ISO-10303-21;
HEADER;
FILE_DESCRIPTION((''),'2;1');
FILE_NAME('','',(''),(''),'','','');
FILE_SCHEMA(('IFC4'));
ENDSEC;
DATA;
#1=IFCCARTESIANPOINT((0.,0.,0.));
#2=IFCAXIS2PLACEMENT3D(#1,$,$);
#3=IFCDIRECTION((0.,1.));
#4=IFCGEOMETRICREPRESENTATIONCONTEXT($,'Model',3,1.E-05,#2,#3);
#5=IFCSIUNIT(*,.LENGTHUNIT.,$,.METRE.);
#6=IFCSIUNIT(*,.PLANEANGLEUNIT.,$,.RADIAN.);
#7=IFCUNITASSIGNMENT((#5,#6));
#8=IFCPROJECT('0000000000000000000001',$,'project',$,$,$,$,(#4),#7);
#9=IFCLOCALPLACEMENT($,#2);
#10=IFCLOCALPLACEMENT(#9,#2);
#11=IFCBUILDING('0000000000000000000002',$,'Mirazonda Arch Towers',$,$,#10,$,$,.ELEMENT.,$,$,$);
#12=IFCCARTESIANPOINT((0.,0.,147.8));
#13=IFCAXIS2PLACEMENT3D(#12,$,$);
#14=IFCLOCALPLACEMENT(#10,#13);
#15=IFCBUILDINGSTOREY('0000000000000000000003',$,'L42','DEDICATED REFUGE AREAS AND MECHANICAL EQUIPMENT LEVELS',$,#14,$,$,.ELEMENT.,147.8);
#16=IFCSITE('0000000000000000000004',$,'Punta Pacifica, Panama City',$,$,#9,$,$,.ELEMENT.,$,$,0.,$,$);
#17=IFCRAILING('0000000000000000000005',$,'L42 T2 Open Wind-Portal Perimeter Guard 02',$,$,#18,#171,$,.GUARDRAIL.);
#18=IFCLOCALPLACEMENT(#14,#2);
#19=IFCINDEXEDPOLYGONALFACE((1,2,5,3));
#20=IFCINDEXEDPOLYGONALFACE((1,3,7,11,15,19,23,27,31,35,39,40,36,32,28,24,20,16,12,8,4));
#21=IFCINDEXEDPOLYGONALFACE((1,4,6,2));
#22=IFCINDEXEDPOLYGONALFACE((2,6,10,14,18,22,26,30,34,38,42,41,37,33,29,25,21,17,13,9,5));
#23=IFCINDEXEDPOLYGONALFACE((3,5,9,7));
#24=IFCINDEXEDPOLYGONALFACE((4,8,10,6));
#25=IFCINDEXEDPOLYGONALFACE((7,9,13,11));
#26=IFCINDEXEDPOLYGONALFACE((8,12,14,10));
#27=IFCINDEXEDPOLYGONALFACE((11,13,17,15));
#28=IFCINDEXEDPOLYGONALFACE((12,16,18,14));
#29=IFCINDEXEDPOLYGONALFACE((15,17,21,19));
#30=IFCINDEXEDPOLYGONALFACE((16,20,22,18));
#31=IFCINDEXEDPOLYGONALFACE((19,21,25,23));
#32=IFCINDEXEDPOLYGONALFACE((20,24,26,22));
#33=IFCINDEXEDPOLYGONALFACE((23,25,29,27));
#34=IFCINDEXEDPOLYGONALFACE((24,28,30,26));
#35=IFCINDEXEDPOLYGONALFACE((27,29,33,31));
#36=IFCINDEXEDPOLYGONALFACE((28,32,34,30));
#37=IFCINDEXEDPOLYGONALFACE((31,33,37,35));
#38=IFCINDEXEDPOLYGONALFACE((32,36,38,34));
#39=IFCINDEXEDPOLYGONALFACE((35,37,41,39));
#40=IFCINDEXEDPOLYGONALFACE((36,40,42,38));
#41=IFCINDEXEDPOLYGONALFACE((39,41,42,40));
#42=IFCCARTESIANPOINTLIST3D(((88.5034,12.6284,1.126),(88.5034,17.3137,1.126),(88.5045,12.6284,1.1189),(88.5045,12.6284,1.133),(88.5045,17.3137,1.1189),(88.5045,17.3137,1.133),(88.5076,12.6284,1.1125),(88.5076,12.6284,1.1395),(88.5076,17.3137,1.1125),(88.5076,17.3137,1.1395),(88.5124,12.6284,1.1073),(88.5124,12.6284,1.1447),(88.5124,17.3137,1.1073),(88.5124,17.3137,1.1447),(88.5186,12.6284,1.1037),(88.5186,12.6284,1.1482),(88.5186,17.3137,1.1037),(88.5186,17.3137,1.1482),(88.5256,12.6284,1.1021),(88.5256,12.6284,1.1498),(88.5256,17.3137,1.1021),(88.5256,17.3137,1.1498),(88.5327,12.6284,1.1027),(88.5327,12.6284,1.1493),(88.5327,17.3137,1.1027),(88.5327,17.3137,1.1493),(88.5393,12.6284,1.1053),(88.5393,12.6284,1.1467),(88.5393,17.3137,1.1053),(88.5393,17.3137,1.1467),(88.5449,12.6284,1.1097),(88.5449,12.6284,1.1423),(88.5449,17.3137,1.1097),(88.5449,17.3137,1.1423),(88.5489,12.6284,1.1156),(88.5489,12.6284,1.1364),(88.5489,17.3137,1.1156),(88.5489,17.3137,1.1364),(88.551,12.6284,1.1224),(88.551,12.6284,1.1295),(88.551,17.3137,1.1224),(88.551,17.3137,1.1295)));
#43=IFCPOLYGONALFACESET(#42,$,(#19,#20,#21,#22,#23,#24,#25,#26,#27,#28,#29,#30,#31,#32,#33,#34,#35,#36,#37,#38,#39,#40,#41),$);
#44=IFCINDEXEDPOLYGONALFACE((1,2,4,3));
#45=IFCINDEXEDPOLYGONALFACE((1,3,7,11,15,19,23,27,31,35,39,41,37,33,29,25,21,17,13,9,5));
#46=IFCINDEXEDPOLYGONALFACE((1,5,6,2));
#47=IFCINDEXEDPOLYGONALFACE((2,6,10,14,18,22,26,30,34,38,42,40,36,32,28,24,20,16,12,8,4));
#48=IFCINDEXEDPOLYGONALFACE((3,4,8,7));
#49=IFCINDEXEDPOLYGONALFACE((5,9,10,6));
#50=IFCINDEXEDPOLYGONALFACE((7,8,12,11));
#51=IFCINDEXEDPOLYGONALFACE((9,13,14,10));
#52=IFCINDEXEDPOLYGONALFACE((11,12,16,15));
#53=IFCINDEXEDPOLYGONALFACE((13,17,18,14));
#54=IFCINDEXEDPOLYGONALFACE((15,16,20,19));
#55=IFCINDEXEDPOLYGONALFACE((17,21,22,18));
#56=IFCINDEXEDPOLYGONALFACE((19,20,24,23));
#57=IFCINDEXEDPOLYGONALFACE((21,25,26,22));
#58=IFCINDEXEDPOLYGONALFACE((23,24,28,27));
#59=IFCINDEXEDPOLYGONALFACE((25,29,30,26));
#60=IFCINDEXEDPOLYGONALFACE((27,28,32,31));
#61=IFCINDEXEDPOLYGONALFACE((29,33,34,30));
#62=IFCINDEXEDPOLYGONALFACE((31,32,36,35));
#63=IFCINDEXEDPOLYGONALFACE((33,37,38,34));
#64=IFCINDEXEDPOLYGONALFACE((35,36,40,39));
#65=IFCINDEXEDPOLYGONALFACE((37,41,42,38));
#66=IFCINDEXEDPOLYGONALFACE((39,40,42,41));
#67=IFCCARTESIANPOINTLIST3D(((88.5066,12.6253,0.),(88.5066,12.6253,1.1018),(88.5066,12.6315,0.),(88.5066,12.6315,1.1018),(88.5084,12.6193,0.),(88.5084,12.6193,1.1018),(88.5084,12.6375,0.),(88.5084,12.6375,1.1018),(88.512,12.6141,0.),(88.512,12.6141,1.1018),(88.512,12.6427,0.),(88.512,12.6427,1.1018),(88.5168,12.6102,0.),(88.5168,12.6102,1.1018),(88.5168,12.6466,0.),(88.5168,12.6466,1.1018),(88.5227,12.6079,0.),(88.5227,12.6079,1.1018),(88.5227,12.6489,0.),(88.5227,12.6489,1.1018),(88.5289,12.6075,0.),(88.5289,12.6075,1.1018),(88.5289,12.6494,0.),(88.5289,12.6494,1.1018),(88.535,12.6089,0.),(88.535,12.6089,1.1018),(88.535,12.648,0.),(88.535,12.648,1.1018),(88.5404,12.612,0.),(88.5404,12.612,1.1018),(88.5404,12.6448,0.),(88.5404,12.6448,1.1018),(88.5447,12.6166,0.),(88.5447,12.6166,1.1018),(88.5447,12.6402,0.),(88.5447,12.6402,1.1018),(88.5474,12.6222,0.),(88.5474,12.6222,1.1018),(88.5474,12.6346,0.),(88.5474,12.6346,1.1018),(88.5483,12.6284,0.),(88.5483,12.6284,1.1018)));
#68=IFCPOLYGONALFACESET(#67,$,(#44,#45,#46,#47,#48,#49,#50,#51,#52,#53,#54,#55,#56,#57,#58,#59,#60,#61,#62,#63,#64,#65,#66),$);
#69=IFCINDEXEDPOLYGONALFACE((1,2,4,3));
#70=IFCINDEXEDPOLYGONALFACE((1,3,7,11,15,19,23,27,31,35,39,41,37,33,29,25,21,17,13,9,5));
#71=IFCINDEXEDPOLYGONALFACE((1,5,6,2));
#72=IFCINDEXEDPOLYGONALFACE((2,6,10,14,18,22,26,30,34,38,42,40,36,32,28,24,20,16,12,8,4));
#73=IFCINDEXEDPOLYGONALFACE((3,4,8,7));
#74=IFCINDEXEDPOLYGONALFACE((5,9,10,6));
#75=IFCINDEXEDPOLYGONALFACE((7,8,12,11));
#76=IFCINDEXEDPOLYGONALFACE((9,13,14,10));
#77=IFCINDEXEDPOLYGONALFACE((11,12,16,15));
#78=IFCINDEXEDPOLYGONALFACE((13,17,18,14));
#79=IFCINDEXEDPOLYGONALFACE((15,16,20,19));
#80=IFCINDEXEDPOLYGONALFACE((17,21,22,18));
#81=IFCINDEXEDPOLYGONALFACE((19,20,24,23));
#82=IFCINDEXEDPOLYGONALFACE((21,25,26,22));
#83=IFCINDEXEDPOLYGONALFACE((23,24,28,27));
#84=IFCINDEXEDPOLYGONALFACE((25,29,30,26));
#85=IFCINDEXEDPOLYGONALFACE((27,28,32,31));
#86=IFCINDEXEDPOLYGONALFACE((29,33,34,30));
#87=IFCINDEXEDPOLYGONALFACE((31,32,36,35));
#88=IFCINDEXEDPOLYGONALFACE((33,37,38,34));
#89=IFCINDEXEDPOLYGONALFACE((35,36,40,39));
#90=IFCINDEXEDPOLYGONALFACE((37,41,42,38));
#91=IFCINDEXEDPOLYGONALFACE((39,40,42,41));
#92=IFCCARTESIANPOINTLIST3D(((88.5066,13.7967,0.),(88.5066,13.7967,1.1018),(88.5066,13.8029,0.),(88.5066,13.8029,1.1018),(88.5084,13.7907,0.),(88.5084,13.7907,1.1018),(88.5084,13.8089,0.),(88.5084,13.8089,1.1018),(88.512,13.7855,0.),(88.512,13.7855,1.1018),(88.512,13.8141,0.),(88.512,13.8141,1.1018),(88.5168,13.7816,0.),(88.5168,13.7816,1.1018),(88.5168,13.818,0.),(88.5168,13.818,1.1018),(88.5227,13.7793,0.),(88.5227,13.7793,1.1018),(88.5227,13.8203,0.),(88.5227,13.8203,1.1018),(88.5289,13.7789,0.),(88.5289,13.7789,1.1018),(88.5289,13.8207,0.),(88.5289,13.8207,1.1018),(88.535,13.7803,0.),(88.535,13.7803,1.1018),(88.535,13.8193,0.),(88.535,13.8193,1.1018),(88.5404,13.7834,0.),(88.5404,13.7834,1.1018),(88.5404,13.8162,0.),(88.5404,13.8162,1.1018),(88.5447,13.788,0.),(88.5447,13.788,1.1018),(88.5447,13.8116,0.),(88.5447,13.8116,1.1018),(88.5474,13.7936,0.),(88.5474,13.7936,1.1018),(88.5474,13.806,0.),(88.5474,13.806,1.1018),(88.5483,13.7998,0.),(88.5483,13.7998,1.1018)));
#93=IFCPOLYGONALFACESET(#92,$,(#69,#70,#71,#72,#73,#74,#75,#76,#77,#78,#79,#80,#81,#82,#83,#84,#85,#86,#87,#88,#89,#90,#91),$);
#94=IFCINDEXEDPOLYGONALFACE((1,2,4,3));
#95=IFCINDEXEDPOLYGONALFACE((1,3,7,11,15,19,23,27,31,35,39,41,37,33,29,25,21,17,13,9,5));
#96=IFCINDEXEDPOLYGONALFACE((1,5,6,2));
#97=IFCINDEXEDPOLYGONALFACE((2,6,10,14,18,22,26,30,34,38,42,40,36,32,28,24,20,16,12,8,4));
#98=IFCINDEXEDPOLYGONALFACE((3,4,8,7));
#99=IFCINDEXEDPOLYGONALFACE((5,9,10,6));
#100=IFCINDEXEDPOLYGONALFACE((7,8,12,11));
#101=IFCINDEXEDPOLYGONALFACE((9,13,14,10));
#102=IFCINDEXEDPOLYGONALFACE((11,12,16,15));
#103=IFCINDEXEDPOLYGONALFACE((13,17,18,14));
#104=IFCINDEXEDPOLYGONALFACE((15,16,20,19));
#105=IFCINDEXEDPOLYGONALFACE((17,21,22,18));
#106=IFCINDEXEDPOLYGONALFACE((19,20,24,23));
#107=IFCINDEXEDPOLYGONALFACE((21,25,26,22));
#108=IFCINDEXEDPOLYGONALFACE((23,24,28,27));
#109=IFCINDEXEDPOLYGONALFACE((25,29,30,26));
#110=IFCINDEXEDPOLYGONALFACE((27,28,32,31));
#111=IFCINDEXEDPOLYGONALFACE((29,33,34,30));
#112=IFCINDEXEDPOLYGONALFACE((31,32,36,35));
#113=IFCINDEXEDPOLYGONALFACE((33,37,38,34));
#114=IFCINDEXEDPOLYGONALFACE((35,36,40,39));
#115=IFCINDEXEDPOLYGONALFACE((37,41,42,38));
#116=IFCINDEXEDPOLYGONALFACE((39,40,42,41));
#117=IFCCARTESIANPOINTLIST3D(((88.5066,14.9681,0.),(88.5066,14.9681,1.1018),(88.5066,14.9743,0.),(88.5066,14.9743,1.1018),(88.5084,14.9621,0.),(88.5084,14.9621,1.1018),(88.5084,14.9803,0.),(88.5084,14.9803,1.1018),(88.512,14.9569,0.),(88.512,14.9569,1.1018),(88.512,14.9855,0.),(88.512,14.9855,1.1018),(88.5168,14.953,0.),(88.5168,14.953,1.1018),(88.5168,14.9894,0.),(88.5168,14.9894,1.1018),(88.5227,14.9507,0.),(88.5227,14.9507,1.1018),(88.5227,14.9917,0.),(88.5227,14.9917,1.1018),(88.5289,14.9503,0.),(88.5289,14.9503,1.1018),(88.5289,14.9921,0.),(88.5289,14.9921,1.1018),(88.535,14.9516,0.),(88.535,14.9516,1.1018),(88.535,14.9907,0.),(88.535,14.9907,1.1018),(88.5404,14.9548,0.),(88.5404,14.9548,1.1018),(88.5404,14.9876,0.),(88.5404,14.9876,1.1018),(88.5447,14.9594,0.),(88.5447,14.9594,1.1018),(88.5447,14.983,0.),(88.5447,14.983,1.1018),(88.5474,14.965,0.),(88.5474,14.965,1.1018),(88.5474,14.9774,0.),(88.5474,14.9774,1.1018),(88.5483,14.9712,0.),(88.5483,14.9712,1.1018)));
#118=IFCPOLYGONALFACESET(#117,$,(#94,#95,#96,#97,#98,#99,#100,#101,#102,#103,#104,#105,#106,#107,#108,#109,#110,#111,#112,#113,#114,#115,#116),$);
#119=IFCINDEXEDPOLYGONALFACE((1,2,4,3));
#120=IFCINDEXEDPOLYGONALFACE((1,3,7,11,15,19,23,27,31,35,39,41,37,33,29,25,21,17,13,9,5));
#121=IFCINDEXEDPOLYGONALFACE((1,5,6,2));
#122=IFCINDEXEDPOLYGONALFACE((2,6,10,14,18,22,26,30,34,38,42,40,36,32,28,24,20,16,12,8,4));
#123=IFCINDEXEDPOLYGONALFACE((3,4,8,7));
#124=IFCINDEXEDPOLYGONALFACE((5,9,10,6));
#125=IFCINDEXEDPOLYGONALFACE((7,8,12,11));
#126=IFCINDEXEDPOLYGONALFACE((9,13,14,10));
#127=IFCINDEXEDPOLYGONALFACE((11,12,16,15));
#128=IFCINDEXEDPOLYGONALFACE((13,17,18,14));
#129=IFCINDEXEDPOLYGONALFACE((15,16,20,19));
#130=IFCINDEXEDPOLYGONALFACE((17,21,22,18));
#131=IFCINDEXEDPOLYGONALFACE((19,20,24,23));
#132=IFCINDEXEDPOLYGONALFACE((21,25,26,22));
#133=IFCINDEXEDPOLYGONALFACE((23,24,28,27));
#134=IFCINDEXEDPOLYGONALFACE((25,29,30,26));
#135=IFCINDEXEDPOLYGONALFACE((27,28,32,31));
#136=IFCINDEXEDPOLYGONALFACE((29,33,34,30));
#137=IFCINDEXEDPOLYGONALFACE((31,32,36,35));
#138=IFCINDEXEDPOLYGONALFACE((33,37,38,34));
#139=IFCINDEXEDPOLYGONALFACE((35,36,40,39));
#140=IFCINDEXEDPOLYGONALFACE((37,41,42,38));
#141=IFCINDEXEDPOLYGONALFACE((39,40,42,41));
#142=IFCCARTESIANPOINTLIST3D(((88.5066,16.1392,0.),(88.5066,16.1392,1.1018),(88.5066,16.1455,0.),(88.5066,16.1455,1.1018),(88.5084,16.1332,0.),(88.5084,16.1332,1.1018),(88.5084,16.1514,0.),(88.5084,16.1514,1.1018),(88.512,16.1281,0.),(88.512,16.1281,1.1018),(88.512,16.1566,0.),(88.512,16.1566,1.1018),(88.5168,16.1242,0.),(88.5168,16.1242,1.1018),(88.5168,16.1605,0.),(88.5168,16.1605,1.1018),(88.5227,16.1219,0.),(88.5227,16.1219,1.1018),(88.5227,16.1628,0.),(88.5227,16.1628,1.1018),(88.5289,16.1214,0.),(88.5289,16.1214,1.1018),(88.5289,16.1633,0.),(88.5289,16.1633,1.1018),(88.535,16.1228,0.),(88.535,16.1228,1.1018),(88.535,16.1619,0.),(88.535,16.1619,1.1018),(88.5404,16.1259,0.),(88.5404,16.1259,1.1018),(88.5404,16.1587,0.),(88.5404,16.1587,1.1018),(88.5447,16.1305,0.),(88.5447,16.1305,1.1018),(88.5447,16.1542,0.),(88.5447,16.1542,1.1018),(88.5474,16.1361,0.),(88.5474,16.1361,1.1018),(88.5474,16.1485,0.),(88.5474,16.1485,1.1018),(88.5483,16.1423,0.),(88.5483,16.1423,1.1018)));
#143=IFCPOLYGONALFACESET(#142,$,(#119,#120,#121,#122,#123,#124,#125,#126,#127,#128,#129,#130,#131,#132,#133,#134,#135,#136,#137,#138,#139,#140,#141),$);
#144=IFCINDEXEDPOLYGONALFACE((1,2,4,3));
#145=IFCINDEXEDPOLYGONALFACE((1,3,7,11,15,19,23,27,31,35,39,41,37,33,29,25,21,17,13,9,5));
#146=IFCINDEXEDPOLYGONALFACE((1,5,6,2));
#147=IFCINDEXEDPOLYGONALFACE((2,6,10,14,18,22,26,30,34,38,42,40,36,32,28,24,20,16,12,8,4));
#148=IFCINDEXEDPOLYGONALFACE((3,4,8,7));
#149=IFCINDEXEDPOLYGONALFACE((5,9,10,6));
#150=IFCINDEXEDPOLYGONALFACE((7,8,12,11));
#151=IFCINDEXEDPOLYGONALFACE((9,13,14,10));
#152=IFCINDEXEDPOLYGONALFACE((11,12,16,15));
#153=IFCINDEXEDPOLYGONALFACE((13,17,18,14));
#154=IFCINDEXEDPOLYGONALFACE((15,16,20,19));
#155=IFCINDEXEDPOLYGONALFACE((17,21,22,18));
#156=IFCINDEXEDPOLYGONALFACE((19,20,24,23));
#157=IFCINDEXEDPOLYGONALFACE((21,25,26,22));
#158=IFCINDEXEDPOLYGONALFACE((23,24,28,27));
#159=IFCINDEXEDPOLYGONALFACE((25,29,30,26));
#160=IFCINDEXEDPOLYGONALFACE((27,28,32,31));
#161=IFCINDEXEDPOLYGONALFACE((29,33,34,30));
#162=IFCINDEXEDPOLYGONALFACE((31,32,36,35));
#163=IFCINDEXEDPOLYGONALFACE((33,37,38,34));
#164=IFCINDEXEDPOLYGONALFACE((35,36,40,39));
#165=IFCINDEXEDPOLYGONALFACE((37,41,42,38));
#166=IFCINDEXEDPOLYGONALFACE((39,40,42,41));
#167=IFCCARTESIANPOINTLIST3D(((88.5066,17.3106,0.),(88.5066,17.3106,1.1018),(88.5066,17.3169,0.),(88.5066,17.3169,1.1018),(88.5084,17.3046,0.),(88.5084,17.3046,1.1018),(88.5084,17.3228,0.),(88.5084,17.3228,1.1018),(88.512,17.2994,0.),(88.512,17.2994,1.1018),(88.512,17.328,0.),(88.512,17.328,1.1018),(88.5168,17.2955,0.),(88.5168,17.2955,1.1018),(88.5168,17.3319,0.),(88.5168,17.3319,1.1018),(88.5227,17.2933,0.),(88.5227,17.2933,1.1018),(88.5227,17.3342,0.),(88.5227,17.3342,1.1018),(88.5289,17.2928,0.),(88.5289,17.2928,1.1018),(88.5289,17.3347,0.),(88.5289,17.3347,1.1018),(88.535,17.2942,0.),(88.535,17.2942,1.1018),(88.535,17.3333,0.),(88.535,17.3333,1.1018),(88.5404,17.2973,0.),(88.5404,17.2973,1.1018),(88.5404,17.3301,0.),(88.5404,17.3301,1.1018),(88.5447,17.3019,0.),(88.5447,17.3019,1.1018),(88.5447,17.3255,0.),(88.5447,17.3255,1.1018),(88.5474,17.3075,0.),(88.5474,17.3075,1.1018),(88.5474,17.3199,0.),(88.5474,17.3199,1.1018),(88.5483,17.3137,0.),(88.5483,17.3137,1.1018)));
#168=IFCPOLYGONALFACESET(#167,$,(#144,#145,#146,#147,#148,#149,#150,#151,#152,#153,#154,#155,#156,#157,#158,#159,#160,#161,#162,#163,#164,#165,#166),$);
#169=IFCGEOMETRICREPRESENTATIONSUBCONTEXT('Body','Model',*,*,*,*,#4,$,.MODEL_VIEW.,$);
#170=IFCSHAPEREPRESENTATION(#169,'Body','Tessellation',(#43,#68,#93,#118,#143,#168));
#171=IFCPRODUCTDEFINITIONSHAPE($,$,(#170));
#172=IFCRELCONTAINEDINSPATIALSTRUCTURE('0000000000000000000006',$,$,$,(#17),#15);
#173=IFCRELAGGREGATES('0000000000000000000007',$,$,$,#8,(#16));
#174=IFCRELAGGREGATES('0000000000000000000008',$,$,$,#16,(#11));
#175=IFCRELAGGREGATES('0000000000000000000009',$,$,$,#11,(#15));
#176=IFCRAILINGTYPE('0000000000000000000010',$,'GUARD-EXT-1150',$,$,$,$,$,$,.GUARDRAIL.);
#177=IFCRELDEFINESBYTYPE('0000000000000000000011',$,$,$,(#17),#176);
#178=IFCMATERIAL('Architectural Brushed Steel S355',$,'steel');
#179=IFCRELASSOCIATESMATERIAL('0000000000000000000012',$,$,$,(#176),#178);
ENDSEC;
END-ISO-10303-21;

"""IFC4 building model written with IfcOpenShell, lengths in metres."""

from ifc_helpers import new_model, si_unit, direction, frame, origin, origin_2d, place, context, subcontext, project, spatial, circle, extrude, material, type_object, element, save


model = new_model("IFC4")

# Units and contexts
model_context = context("Model", 3, precision=1e-05, world=origin(), true_north=direction((0.0, 1.0)))
body_context = subcontext(model_context, "Body", "Model", "MODEL_VIEW")
ifc_project = project(units=[si_unit("LENGTHUNIT", "METRE"), si_unit("PLANEANGLEUNIT", "RADIAN")], contexts=[model_context])

# Site, building, storey
site_placement = place(None, origin())
site = spatial("IfcSite", under=ifc_project, at=site_placement, Name="Punta Pacifica, Panama City", CompositionType="ELEMENT", RefElevation=0.0)
building_placement = place(site_placement, origin())
building = spatial("IfcBuilding", under=site, at=building_placement, Name="Mirazonda Arch Towers", CompositionType="ELEMENT")
storey_placement = place(building_placement, frame((0.0, 0.0, 147.8)))
storey = spatial("IfcBuildingStorey", under=building, at=storey_placement, Name="L42", Description="DEDICATED REFUGE AREAS AND MECHANICAL EQUIPMENT LEVELS", CompositionType="ELEMENT", Elevation=147.8)

# Railing
ifc_material_1 = material(Name="Architectural Brushed Steel S355", Category="steel")
railing_type = type_object("IfcRailingType", Name="GUARD-EXT-1150", PredefinedType="GUARDRAIL", material=ifc_material_1)
railing_1_placement = place(storey_placement, frame((88.5273, 12.6284, 0.0)))
element("IfcRailing", 1, at=railing_1_placement, inside=storey, type_object=railing_type, Name="L42 T2 Open Wind-Portal Perimeter Guard 02", PredefinedType="GUARDRAIL", context=body_context, shape_type="SweptSolid", body=[
    extrude(circle(Radius=0.0239, at=origin_2d()), frame((0.0, 0.0, 1.126), z_axis=(0.0, 1.0, 0.0), x_axis=(-1.0, 0.0, 0.0)), (0.0, 0.0, 1.0), 4.6853),
    extrude(circle(Radius=0.021, at=origin_2d()), origin(), (0.0, 0.0, 1.0), 1.1018),
    extrude(circle(Radius=0.021, at=origin_2d()), frame((0.0, 1.1714, 0.0)), (0.0, 0.0, 1.0), 1.1018),
    extrude(circle(Radius=0.021, at=origin_2d()), frame((0.0, 2.3428, 0.0)), (0.0, 0.0, 1.0), 1.1018),
    extrude(circle(Radius=0.021, at=origin_2d()), frame((0.0, 3.5139, 0.0)), (0.0, 0.0, 1.0), 1.1018),
    extrude(circle(Radius=0.021, at=origin_2d()), frame((0.0, 4.6853, 0.0)), (0.0, 0.0, 1.0), 1.1018),
])

save(model, "model.ifc")
